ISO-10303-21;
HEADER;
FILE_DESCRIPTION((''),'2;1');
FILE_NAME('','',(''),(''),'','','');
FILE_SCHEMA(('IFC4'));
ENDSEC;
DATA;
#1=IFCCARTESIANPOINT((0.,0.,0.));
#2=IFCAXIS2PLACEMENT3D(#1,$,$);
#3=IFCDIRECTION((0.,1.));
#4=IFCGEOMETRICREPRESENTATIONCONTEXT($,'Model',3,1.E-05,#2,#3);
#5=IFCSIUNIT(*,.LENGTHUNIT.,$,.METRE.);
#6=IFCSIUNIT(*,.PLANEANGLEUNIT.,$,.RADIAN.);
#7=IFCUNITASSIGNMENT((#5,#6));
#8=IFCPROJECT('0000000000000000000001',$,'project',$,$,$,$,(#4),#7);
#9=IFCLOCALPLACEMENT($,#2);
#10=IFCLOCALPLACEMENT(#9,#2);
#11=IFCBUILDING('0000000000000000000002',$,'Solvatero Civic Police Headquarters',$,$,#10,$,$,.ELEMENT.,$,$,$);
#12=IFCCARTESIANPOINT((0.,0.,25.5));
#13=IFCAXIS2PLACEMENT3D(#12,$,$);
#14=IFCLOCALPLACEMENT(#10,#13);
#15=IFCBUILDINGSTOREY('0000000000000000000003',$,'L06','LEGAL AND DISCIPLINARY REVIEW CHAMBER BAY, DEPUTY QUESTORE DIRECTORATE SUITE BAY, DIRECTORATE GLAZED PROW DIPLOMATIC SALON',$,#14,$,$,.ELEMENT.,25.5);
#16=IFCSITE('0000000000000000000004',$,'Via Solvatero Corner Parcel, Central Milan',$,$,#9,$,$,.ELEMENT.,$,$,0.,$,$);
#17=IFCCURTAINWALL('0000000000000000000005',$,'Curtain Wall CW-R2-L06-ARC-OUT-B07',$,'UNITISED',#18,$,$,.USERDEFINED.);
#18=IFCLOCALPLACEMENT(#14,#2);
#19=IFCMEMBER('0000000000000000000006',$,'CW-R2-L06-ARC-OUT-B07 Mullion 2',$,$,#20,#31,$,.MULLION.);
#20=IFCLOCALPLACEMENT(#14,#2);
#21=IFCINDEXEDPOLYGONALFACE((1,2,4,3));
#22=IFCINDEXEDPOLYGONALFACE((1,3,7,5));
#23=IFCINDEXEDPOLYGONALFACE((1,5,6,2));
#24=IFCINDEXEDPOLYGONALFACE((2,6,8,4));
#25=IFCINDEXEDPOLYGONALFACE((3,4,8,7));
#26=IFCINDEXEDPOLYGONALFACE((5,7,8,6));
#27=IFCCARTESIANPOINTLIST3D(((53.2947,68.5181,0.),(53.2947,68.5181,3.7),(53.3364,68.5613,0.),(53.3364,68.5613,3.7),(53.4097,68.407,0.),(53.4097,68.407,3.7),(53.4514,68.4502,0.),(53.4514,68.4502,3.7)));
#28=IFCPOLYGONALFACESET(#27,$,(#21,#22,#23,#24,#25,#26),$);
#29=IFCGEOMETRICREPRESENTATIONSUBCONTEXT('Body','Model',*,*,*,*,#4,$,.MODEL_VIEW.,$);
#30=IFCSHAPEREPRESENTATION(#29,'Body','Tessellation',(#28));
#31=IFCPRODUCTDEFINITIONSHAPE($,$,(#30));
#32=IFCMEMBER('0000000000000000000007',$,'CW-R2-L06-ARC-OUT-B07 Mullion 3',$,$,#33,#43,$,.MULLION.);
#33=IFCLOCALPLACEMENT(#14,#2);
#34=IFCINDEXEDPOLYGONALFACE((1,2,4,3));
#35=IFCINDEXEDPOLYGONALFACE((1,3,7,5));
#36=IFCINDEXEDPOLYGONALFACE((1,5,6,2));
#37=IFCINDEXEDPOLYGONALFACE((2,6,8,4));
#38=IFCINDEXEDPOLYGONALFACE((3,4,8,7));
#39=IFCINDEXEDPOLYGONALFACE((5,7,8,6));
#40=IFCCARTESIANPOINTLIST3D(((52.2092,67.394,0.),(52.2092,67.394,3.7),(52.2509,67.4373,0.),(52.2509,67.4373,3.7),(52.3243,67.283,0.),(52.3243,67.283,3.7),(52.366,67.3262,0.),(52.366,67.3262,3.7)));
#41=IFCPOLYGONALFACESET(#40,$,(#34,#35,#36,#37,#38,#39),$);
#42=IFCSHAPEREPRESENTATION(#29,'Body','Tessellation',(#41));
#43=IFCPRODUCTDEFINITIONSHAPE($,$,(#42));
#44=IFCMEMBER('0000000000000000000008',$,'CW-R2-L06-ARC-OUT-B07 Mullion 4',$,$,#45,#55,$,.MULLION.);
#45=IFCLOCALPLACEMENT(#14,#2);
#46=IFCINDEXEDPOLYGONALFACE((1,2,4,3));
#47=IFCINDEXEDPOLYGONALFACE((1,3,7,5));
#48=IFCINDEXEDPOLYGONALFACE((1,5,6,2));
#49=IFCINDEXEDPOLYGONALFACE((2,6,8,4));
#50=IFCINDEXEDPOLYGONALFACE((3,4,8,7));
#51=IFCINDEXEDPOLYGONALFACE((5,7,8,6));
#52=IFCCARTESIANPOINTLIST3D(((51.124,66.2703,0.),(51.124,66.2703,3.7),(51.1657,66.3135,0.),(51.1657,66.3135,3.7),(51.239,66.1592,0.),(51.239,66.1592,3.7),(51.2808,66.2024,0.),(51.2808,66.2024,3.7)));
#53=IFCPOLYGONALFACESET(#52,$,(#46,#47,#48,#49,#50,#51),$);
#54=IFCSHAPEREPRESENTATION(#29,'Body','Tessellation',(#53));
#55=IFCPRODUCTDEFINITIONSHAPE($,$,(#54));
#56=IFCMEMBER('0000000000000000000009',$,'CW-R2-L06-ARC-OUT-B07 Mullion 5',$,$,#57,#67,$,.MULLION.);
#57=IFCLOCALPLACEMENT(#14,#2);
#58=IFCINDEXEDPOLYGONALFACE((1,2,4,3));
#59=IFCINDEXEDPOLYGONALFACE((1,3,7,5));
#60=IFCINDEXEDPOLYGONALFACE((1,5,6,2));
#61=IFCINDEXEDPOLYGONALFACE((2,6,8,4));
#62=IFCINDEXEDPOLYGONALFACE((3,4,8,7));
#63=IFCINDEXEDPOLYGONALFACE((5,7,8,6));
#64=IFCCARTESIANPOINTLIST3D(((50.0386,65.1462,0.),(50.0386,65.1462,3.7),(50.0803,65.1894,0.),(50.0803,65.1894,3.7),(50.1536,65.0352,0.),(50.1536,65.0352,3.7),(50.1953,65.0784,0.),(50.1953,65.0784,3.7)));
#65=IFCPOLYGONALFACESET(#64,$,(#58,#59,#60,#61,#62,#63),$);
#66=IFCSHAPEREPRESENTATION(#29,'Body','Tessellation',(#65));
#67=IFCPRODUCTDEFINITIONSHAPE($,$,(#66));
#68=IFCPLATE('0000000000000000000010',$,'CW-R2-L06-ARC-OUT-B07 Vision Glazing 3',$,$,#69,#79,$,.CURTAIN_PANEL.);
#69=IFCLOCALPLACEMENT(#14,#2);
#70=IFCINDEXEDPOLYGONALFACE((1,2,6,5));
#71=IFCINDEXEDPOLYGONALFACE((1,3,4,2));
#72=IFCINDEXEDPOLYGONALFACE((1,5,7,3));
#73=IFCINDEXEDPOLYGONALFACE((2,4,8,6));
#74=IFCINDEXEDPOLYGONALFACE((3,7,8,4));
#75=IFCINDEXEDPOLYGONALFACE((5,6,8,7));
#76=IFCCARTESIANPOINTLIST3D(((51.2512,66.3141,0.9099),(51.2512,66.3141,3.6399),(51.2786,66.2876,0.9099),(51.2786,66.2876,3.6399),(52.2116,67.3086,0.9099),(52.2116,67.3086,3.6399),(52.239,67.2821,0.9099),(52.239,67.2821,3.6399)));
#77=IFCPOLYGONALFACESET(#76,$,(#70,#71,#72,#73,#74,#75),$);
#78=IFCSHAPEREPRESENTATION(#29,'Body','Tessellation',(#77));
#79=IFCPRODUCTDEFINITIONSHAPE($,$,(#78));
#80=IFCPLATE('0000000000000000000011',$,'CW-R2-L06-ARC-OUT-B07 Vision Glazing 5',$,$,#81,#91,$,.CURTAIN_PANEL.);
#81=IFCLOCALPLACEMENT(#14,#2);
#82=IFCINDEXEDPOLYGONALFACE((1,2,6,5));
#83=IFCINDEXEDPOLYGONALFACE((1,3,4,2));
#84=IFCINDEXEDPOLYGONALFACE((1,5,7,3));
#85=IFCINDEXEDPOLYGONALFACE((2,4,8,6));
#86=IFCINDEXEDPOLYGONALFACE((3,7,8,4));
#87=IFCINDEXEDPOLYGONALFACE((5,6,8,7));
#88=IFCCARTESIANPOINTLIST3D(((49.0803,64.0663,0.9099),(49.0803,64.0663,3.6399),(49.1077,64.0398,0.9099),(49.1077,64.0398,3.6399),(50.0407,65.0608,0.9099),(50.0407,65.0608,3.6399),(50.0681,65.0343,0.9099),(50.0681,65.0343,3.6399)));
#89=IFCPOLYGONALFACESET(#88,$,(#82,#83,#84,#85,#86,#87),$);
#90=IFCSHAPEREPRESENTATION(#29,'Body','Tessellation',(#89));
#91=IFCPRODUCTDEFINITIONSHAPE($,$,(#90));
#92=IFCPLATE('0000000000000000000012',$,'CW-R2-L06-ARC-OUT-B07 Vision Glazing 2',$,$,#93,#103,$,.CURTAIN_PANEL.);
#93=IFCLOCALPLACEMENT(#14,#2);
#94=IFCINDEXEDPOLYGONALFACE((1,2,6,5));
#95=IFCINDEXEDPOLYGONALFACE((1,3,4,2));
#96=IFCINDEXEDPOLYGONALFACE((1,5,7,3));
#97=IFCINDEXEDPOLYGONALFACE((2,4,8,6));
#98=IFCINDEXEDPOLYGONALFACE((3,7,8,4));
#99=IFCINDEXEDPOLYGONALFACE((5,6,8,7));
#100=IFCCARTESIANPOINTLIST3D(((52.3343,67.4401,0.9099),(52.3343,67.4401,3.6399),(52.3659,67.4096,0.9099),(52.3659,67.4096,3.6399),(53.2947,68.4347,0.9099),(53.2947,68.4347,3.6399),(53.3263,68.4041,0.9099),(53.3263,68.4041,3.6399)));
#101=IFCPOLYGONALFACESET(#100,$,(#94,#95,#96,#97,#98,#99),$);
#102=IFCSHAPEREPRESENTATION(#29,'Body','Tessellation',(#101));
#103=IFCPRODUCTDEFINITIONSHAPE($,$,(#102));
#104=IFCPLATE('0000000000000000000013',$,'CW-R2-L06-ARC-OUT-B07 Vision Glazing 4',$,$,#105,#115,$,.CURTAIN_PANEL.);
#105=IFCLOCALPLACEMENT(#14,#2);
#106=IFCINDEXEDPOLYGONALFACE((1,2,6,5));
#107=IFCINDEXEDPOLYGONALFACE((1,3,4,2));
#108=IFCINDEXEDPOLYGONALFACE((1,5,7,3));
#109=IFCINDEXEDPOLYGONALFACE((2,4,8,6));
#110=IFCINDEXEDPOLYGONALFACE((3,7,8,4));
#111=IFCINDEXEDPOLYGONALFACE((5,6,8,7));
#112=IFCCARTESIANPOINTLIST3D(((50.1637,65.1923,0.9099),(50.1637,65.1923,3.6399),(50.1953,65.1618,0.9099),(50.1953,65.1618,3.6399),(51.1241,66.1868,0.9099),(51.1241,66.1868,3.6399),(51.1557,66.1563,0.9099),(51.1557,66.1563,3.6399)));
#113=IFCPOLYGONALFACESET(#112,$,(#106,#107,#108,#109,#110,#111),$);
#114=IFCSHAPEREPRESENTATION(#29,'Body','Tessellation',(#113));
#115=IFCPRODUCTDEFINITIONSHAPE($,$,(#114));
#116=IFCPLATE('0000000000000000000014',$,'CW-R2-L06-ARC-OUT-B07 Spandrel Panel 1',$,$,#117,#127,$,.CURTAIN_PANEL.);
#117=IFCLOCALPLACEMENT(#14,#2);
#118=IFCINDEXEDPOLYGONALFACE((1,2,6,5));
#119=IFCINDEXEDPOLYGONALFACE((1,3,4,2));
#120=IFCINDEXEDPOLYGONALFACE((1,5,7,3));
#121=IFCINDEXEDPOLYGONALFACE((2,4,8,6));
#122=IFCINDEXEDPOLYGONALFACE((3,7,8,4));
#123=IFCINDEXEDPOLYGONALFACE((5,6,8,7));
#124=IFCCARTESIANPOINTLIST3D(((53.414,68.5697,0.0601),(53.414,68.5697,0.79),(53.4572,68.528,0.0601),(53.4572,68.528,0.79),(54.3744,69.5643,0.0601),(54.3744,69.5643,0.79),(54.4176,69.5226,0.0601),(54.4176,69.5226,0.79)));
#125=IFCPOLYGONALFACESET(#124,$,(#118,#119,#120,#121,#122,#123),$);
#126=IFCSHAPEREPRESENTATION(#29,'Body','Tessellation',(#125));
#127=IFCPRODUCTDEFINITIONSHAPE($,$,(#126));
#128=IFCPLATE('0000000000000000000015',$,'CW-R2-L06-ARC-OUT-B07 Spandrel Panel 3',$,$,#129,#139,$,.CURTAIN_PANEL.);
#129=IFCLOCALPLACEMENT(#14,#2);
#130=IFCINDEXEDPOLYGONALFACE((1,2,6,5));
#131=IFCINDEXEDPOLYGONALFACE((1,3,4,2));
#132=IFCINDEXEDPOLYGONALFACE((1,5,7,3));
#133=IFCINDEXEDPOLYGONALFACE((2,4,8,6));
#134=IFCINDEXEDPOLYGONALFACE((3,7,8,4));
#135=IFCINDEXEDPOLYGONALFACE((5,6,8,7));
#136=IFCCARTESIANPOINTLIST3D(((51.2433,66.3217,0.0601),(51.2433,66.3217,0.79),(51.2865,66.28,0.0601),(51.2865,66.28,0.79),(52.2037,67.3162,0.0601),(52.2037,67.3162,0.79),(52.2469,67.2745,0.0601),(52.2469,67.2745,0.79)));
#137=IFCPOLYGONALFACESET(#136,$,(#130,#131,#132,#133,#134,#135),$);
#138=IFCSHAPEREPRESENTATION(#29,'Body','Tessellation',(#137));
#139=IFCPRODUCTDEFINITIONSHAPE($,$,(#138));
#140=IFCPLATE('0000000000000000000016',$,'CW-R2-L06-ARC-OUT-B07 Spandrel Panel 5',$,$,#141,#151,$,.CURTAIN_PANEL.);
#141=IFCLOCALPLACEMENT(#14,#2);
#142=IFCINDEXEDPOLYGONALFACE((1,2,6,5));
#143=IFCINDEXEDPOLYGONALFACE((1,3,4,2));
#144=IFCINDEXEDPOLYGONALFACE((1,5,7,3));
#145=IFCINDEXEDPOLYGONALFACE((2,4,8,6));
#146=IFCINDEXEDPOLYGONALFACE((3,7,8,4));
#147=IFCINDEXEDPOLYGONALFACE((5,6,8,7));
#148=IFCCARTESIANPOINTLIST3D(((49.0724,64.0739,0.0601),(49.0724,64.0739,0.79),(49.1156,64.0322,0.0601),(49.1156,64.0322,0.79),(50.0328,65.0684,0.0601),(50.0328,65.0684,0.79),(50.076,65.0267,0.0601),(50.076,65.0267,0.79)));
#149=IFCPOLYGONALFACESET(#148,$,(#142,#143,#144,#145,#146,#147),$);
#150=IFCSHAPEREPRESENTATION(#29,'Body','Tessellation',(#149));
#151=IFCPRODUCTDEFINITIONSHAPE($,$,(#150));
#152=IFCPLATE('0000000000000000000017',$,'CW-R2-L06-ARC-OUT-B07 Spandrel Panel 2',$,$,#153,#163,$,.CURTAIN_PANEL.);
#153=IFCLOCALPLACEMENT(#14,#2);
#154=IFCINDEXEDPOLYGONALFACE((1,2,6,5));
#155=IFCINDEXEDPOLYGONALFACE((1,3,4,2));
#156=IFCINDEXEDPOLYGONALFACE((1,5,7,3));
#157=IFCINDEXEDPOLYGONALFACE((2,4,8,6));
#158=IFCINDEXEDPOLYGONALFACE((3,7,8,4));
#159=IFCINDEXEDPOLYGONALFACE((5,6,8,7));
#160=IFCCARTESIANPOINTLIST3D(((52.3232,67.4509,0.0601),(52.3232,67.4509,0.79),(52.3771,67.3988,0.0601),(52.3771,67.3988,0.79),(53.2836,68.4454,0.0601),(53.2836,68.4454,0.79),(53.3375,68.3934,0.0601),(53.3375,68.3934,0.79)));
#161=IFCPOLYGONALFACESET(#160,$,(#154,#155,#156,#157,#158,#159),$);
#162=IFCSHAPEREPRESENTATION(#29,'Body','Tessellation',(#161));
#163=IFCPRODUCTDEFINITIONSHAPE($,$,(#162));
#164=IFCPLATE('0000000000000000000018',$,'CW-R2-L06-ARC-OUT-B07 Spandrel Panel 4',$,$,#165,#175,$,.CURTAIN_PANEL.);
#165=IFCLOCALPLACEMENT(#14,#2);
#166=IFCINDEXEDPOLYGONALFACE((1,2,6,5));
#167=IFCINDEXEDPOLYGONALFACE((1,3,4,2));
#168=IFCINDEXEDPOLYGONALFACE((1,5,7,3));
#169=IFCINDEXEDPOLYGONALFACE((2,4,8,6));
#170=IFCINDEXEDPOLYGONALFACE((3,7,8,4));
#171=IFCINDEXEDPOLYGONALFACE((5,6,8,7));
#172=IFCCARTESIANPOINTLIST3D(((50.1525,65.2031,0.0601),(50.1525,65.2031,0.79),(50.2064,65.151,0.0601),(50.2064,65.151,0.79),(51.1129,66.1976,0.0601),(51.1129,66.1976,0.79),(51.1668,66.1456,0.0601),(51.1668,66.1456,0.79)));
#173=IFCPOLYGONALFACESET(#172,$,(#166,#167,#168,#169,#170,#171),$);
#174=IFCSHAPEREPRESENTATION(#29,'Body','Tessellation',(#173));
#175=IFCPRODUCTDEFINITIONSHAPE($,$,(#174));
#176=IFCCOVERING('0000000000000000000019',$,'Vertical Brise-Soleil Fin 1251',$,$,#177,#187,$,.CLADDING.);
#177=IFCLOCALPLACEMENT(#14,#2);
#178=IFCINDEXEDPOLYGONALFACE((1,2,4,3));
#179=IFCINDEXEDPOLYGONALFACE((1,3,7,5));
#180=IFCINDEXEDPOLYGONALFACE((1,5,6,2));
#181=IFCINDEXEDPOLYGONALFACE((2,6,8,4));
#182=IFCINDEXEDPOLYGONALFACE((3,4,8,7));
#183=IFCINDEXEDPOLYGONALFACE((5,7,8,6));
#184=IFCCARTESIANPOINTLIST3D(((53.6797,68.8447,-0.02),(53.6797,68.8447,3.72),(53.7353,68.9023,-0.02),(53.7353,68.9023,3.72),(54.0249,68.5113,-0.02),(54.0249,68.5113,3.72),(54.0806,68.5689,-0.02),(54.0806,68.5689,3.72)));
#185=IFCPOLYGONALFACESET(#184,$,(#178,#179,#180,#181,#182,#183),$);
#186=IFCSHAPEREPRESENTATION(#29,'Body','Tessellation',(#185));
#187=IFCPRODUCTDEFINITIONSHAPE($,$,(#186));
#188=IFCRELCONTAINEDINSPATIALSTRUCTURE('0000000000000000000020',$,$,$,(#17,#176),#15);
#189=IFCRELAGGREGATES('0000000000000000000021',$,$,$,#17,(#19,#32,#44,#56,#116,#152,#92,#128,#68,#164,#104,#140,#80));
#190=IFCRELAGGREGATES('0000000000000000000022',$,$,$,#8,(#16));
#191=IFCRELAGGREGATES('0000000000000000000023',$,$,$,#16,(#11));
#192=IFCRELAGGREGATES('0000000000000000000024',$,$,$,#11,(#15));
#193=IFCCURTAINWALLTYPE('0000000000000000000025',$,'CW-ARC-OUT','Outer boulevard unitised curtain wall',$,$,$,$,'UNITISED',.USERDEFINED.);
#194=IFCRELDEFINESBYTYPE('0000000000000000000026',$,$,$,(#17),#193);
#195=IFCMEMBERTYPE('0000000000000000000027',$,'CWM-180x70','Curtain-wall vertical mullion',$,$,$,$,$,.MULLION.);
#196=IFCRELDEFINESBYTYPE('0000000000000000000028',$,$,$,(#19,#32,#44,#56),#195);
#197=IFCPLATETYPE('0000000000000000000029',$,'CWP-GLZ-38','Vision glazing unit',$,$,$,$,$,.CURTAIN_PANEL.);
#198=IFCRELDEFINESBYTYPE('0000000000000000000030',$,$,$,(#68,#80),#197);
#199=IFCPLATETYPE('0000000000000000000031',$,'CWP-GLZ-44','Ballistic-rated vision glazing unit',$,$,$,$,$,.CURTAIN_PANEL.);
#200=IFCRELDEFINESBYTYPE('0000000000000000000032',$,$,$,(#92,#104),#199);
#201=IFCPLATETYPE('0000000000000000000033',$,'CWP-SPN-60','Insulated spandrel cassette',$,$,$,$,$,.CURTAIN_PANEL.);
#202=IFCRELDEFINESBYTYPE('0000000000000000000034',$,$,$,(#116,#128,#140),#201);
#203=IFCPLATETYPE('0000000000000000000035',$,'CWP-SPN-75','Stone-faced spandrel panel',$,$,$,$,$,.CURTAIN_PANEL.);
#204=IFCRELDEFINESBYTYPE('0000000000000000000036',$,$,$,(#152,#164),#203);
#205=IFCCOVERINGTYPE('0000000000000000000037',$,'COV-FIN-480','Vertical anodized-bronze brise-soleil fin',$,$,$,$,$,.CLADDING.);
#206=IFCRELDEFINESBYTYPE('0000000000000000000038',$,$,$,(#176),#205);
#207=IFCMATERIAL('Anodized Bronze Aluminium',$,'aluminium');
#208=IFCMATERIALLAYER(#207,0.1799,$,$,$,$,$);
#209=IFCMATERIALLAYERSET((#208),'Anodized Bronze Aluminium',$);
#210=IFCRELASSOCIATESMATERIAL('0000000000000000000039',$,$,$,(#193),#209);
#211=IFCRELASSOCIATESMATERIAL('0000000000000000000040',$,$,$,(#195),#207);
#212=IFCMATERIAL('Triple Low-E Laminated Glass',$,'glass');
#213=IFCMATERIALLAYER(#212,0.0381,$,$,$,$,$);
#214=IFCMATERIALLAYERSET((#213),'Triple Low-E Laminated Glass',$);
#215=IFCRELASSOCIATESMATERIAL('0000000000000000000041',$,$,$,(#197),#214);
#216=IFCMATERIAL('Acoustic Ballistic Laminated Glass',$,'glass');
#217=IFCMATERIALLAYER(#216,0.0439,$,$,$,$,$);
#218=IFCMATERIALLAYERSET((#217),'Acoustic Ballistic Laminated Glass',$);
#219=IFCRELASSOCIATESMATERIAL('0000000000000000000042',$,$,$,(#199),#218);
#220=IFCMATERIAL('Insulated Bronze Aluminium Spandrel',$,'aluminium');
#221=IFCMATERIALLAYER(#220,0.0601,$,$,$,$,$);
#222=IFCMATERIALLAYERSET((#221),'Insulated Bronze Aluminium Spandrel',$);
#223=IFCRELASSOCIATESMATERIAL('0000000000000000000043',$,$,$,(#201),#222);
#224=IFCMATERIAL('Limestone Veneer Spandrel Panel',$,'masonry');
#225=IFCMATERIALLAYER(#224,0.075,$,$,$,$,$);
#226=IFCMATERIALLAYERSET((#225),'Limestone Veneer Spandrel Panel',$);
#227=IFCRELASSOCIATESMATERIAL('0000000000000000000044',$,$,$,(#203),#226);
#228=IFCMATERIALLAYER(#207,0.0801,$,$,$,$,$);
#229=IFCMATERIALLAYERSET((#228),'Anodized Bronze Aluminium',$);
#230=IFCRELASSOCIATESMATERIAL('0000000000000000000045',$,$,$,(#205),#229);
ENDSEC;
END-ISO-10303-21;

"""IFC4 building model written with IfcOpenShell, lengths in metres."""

from ifc_helpers import new_model, si_unit, direction, frame, origin, origin_2d, place, context, subcontext, project, spatial, rectangle, extrude, material, layer, layer_set, material_profile, profile_set, type_object, element, aggregate, save


model = new_model("IFC4")

# Units and contexts
model_context = context("Model", 3, precision=1e-05, world=origin(), true_north=direction((0.0, 1.0)))
body_context = subcontext(model_context, "Body", "Model", "MODEL_VIEW")
ifc_project = project(units=[si_unit("LENGTHUNIT", "METRE"), si_unit("PLANEANGLEUNIT", "RADIAN")], contexts=[model_context])

# Site, building, storey
site_placement = place(None, origin())
site = spatial("IfcSite", under=ifc_project, at=site_placement, Name="Via Solvatero Corner Parcel, Central Milan", CompositionType="ELEMENT", RefElevation=0.0)
building_placement = place(site_placement, origin())
building = spatial("IfcBuilding", under=site, at=building_placement, Name="Solvatero Civic Police Headquarters", CompositionType="ELEMENT")
storey_placement = place(building_placement, frame((0.0, 0.0, 25.5)))
storey = spatial("IfcBuildingStorey", under=building, at=storey_placement, Name="L06", Description="LEGAL AND DISCIPLINARY REVIEW CHAMBER BAY, DEPUTY QUESTORE DIRECTORATE SUITE BAY, DIRECTORATE GLAZED PROW DIPLOMATIC SALON", CompositionType="ELEMENT", Elevation=25.5)

# Curtain wall, members, plates
ifc_material_1 = material(Name="Anodized Bronze Aluminium", Category="aluminium")
ifc_layer_1 = layer(ifc_material_1, 0.1799)
ifc_layer_set_1 = layer_set([ifc_layer_1], Name="Anodized Bronze Aluminium")
curtain_wall_type = type_object("IfcCurtainWallType", Name="CW-ARC-OUT", Description="Outer boulevard unitised curtain wall", ElementType="UNITISED", PredefinedType="USERDEFINED", material=ifc_layer_set_1)
curtain_wall_placement = place(storey_placement, origin())
curtain_wall = element("IfcCurtainWall", 1, at=curtain_wall_placement, inside=storey, type_object=curtain_wall_type, Name="Curtain Wall CW-R2-L06-ARC-OUT-B07", ObjectType="UNITISED", PredefinedType="USERDEFINED")
ifc_material_profile = material_profile(ifc_material_1, rectangle(XDim=0.0601, YDim=0.1599, at=origin_2d()), Name="ALU MULLION 60x160")
ifc_profile_set = profile_set([ifc_material_profile], Name="Anodized Bronze Aluminium")
member_type = type_object("IfcMemberType", Name="CWM-180x70", Description="Curtain-wall vertical mullion", PredefinedType="MULLION", material=ifc_profile_set)
member_1_placement = place(storey_placement, frame((53.373, 68.4841, 0.0), z_axis=(0.0, 0.0, 1.0), x_axis=(-0.694658, -0.71934, 0.0)))
member_1 = element("IfcMember", 2, at=member_1_placement, type_object=member_type, Name="CW-R2-L06-ARC-OUT-B07 Mullion 2", PredefinedType="MULLION", context=body_context, shape_type="SweptSolid", body=[
    extrude(rectangle(XDim=0.0601, YDim=0.1599, at=origin_2d()), origin(), (0.0, 0.0, 1.0), 3.7),
])
member_2_placement = place(storey_placement, frame((52.2876, 67.3601, 0.0), z_axis=(0.0, 0.0, 1.0), x_axis=(-0.694658, -0.71934, 0.0)))
member_2 = element("IfcMember", 3, at=member_2_placement, type_object=member_type, Name="CW-R2-L06-ARC-OUT-B07 Mullion 3", PredefinedType="MULLION", context=body_context, shape_type="SweptSolid", body=[
    extrude(rectangle(XDim=0.0601, YDim=0.1599, at=origin_2d()), origin(), (0.0, 0.0, 1.0), 3.7),
])
member_3_placement = place(storey_placement, frame((51.2024, 66.2363, 0.0), z_axis=(0.0, 0.0, 1.0), x_axis=(-0.694658, -0.71934, 0.0)))
member_3 = element("IfcMember", 4, at=member_3_placement, type_object=member_type, Name="CW-R2-L06-ARC-OUT-B07 Mullion 4", PredefinedType="MULLION", context=body_context, shape_type="SweptSolid", body=[
    extrude(rectangle(XDim=0.0601, YDim=0.1599, at=origin_2d()), origin(), (0.0, 0.0, 1.0), 3.7),
])
member_4_placement = place(storey_placement, frame((50.1169, 65.1123, 0.0), z_axis=(0.0, 0.0, 1.0), x_axis=(-0.694658, -0.71934, 0.0)))
member_4 = element("IfcMember", 5, at=member_4_placement, type_object=member_type, Name="CW-R2-L06-ARC-OUT-B07 Mullion 5", PredefinedType="MULLION", context=body_context, shape_type="SweptSolid", body=[
    extrude(rectangle(XDim=0.0601, YDim=0.1599, at=origin_2d()), origin(), (0.0, 0.0, 1.0), 3.7),
])
ifc_material_2 = material(Name="Triple Low-E Laminated Glass", Category="glass")
ifc_layer_2 = layer(ifc_material_2, 0.0381)
ifc_layer_set_2 = layer_set([ifc_layer_2], Name="Triple Low-E Laminated Glass")
plate_type_1 = type_object("IfcPlateType", Name="CWP-GLZ-38", Description="Vision glazing unit", PredefinedType="CURTAIN_PANEL", material=ifc_layer_set_2)
plate_1_placement = place(storey_placement, frame((51.7451, 66.7981, 0.9099), z_axis=(0.0, 0.0, 1.0), x_axis=(-0.694658, -0.71934, 0.0)))
plate_1 = element("IfcPlate", 6, at=plate_1_placement, type_object=plate_type_1, Name="CW-R2-L06-ARC-OUT-B07 Vision Glazing 3", PredefinedType="CURTAIN_PANEL", context=body_context, shape_type="SweptSolid", body=[
    extrude(rectangle(XDim=1.3826, YDim=0.0381, at=origin_2d()), origin(), (0.0, 0.0, 1.0), 2.73),
])
plate_2_placement = place(storey_placement, frame((49.5742, 64.5503, 0.9099), z_axis=(0.0, 0.0, 1.0), x_axis=(-0.694658, -0.71934, 0.0)))
plate_2 = element("IfcPlate", 7, at=plate_2_placement, type_object=plate_type_1, Name="CW-R2-L06-ARC-OUT-B07 Vision Glazing 5", PredefinedType="CURTAIN_PANEL", context=body_context, shape_type="SweptSolid", body=[
    extrude(rectangle(XDim=1.3826, YDim=0.0381, at=origin_2d()), origin(), (0.0, 0.0, 1.0), 2.73),
])
ifc_material_3 = material(Name="Acoustic Ballistic Laminated Glass", Category="glass")
ifc_layer_3 = layer(ifc_material_3, 0.0439)
ifc_layer_set_3 = layer_set([ifc_layer_3], Name="Acoustic Ballistic Laminated Glass")
plate_type_2 = type_object("IfcPlateType", Name="CWP-GLZ-44", Description="Ballistic-rated vision glazing unit", PredefinedType="CURTAIN_PANEL", material=ifc_layer_set_3)
plate_3_placement = place(storey_placement, frame((52.8303, 67.9221, 0.9099), z_axis=(0.0, 0.0, 1.0), x_axis=(-0.694658, -0.71934, 0.0)))
plate_3 = element("IfcPlate", 8, at=plate_3_placement, type_object=plate_type_2, Name="CW-R2-L06-ARC-OUT-B07 Vision Glazing 2", PredefinedType="CURTAIN_PANEL", context=body_context, shape_type="SweptSolid", body=[
    extrude(rectangle(XDim=1.3826, YDim=0.0439, at=origin_2d()), origin(), (0.0, 0.0, 1.0), 2.73),
])
plate_4_placement = place(storey_placement, frame((50.6597, 65.6743, 0.9099), z_axis=(0.0, 0.0, 1.0), x_axis=(-0.694658, -0.71934, 0.0)))
plate_4 = element("IfcPlate", 9, at=plate_4_placement, type_object=plate_type_2, Name="CW-R2-L06-ARC-OUT-B07 Vision Glazing 4", PredefinedType="CURTAIN_PANEL", context=body_context, shape_type="SweptSolid", body=[
    extrude(rectangle(XDim=1.3826, YDim=0.0439, at=origin_2d()), origin(), (0.0, 0.0, 1.0), 2.73),
])
ifc_material_4 = material(Name="Insulated Bronze Aluminium Spandrel", Category="aluminium")
ifc_layer_4 = layer(ifc_material_4, 0.0601)
ifc_layer_set_4 = layer_set([ifc_layer_4], Name="Insulated Bronze Aluminium Spandrel")
plate_type_3 = type_object("IfcPlateType", Name="CWP-SPN-60", Description="Insulated spandrel cassette", PredefinedType="CURTAIN_PANEL", material=ifc_layer_set_4)
plate_5_placement = place(storey_placement, frame((53.9158, 69.0461, 0.0601), z_axis=(0.0, 0.0, 1.0), x_axis=(-0.694658, -0.71934, 0.0)))
plate_5 = element("IfcPlate", 10, at=plate_5_placement, type_object=plate_type_3, Name="CW-R2-L06-ARC-OUT-B07 Spandrel Panel 1", PredefinedType="CURTAIN_PANEL", context=body_context, shape_type="SweptSolid", body=[
    extrude(rectangle(XDim=1.3826, YDim=0.0601, at=origin_2d()), origin(), (0.0, 0.0, 1.0), 0.73),
])
plate_6_placement = place(storey_placement, frame((51.7451, 66.7981, 0.0601), z_axis=(0.0, 0.0, 1.0), x_axis=(-0.694658, -0.71934, 0.0)))
plate_6 = element("IfcPlate", 11, at=plate_6_placement, type_object=plate_type_3, Name="CW-R2-L06-ARC-OUT-B07 Spandrel Panel 3", PredefinedType="CURTAIN_PANEL", context=body_context, shape_type="SweptSolid", body=[
    extrude(rectangle(XDim=1.3826, YDim=0.0601, at=origin_2d()), origin(), (0.0, 0.0, 1.0), 0.73),
])
plate_7_placement = place(storey_placement, frame((49.5742, 64.5503, 0.0601), z_axis=(0.0, 0.0, 1.0), x_axis=(-0.694658, -0.71934, 0.0)))
plate_7 = element("IfcPlate", 12, at=plate_7_placement, type_object=plate_type_3, Name="CW-R2-L06-ARC-OUT-B07 Spandrel Panel 5", PredefinedType="CURTAIN_PANEL", context=body_context, shape_type="SweptSolid", body=[
    extrude(rectangle(XDim=1.3826, YDim=0.0601, at=origin_2d()), origin(), (0.0, 0.0, 1.0), 0.73),
])
ifc_material_5 = material(Name="Limestone Veneer Spandrel Panel", Category="masonry")
ifc_layer_5 = layer(ifc_material_5, 0.075)
ifc_layer_set_5 = layer_set([ifc_layer_5], Name="Limestone Veneer Spandrel Panel")
plate_type_4 = type_object("IfcPlateType", Name="CWP-SPN-75", Description="Stone-faced spandrel panel", PredefinedType="CURTAIN_PANEL", material=ifc_layer_set_5)
plate_8_placement = place(storey_placement, frame((52.8303, 67.9221, 0.0601), z_axis=(0.0, 0.0, 1.0), x_axis=(-0.694658, -0.71934, 0.0)))
plate_8 = element("IfcPlate", 13, at=plate_8_placement, type_object=plate_type_4, Name="CW-R2-L06-ARC-OUT-B07 Spandrel Panel 2", PredefinedType="CURTAIN_PANEL", context=body_context, shape_type="SweptSolid", body=[
    extrude(rectangle(XDim=1.3826, YDim=0.075, at=origin_2d()), origin(), (0.0, 0.0, 1.0), 0.73),
])
plate_9_placement = place(storey_placement, frame((50.6597, 65.6743, 0.0601), z_axis=(0.0, 0.0, 1.0), x_axis=(-0.694658, -0.71934, 0.0)))
plate_9 = element("IfcPlate", 14, at=plate_9_placement, type_object=plate_type_4, Name="CW-R2-L06-ARC-OUT-B07 Spandrel Panel 4", PredefinedType="CURTAIN_PANEL", context=body_context, shape_type="SweptSolid", body=[
    extrude(rectangle(XDim=1.3826, YDim=0.075, at=origin_2d()), origin(), (0.0, 0.0, 1.0), 0.73),
])
aggregate(curtain_wall, [member_1, member_2, member_3, member_4, plate_5, plate_8, plate_3, plate_6, plate_1, plate_9, plate_4, plate_7, plate_2])

# Covering
ifc_layer_6 = layer(ifc_material_1, 0.0801)
ifc_layer_set_6 = layer_set([ifc_layer_6], Name="Anodized Bronze Aluminium")
covering_type = type_object("IfcCoveringType", Name="COV-FIN-480", Description="Vertical anodized-bronze brise-soleil fin", PredefinedType="CLADDING", material=ifc_layer_set_6)
for number, where, z_axis, x_axis, name in (
    (15, (53.8801, 68.7068, -0.02), (0.0, 0.0, 1.0), (-0.694658, -0.71934, 0.0), "Vertical Brise-Soleil Fin 1251"),
):
    element("IfcCovering", number, at=place(storey_placement, frame(where, z_axis=z_axis, x_axis=x_axis)), inside=storey, type_object=covering_type, Name=name, PredefinedType="CLADDING", context=body_context, shape_type="SweptSolid", body=[
        extrude(rectangle(XDim=0.0801, YDim=0.48, at=origin_2d()), origin(), (0.0, 0.0, 1.0), 3.74),
    ])

save(model, "model.ifc")
